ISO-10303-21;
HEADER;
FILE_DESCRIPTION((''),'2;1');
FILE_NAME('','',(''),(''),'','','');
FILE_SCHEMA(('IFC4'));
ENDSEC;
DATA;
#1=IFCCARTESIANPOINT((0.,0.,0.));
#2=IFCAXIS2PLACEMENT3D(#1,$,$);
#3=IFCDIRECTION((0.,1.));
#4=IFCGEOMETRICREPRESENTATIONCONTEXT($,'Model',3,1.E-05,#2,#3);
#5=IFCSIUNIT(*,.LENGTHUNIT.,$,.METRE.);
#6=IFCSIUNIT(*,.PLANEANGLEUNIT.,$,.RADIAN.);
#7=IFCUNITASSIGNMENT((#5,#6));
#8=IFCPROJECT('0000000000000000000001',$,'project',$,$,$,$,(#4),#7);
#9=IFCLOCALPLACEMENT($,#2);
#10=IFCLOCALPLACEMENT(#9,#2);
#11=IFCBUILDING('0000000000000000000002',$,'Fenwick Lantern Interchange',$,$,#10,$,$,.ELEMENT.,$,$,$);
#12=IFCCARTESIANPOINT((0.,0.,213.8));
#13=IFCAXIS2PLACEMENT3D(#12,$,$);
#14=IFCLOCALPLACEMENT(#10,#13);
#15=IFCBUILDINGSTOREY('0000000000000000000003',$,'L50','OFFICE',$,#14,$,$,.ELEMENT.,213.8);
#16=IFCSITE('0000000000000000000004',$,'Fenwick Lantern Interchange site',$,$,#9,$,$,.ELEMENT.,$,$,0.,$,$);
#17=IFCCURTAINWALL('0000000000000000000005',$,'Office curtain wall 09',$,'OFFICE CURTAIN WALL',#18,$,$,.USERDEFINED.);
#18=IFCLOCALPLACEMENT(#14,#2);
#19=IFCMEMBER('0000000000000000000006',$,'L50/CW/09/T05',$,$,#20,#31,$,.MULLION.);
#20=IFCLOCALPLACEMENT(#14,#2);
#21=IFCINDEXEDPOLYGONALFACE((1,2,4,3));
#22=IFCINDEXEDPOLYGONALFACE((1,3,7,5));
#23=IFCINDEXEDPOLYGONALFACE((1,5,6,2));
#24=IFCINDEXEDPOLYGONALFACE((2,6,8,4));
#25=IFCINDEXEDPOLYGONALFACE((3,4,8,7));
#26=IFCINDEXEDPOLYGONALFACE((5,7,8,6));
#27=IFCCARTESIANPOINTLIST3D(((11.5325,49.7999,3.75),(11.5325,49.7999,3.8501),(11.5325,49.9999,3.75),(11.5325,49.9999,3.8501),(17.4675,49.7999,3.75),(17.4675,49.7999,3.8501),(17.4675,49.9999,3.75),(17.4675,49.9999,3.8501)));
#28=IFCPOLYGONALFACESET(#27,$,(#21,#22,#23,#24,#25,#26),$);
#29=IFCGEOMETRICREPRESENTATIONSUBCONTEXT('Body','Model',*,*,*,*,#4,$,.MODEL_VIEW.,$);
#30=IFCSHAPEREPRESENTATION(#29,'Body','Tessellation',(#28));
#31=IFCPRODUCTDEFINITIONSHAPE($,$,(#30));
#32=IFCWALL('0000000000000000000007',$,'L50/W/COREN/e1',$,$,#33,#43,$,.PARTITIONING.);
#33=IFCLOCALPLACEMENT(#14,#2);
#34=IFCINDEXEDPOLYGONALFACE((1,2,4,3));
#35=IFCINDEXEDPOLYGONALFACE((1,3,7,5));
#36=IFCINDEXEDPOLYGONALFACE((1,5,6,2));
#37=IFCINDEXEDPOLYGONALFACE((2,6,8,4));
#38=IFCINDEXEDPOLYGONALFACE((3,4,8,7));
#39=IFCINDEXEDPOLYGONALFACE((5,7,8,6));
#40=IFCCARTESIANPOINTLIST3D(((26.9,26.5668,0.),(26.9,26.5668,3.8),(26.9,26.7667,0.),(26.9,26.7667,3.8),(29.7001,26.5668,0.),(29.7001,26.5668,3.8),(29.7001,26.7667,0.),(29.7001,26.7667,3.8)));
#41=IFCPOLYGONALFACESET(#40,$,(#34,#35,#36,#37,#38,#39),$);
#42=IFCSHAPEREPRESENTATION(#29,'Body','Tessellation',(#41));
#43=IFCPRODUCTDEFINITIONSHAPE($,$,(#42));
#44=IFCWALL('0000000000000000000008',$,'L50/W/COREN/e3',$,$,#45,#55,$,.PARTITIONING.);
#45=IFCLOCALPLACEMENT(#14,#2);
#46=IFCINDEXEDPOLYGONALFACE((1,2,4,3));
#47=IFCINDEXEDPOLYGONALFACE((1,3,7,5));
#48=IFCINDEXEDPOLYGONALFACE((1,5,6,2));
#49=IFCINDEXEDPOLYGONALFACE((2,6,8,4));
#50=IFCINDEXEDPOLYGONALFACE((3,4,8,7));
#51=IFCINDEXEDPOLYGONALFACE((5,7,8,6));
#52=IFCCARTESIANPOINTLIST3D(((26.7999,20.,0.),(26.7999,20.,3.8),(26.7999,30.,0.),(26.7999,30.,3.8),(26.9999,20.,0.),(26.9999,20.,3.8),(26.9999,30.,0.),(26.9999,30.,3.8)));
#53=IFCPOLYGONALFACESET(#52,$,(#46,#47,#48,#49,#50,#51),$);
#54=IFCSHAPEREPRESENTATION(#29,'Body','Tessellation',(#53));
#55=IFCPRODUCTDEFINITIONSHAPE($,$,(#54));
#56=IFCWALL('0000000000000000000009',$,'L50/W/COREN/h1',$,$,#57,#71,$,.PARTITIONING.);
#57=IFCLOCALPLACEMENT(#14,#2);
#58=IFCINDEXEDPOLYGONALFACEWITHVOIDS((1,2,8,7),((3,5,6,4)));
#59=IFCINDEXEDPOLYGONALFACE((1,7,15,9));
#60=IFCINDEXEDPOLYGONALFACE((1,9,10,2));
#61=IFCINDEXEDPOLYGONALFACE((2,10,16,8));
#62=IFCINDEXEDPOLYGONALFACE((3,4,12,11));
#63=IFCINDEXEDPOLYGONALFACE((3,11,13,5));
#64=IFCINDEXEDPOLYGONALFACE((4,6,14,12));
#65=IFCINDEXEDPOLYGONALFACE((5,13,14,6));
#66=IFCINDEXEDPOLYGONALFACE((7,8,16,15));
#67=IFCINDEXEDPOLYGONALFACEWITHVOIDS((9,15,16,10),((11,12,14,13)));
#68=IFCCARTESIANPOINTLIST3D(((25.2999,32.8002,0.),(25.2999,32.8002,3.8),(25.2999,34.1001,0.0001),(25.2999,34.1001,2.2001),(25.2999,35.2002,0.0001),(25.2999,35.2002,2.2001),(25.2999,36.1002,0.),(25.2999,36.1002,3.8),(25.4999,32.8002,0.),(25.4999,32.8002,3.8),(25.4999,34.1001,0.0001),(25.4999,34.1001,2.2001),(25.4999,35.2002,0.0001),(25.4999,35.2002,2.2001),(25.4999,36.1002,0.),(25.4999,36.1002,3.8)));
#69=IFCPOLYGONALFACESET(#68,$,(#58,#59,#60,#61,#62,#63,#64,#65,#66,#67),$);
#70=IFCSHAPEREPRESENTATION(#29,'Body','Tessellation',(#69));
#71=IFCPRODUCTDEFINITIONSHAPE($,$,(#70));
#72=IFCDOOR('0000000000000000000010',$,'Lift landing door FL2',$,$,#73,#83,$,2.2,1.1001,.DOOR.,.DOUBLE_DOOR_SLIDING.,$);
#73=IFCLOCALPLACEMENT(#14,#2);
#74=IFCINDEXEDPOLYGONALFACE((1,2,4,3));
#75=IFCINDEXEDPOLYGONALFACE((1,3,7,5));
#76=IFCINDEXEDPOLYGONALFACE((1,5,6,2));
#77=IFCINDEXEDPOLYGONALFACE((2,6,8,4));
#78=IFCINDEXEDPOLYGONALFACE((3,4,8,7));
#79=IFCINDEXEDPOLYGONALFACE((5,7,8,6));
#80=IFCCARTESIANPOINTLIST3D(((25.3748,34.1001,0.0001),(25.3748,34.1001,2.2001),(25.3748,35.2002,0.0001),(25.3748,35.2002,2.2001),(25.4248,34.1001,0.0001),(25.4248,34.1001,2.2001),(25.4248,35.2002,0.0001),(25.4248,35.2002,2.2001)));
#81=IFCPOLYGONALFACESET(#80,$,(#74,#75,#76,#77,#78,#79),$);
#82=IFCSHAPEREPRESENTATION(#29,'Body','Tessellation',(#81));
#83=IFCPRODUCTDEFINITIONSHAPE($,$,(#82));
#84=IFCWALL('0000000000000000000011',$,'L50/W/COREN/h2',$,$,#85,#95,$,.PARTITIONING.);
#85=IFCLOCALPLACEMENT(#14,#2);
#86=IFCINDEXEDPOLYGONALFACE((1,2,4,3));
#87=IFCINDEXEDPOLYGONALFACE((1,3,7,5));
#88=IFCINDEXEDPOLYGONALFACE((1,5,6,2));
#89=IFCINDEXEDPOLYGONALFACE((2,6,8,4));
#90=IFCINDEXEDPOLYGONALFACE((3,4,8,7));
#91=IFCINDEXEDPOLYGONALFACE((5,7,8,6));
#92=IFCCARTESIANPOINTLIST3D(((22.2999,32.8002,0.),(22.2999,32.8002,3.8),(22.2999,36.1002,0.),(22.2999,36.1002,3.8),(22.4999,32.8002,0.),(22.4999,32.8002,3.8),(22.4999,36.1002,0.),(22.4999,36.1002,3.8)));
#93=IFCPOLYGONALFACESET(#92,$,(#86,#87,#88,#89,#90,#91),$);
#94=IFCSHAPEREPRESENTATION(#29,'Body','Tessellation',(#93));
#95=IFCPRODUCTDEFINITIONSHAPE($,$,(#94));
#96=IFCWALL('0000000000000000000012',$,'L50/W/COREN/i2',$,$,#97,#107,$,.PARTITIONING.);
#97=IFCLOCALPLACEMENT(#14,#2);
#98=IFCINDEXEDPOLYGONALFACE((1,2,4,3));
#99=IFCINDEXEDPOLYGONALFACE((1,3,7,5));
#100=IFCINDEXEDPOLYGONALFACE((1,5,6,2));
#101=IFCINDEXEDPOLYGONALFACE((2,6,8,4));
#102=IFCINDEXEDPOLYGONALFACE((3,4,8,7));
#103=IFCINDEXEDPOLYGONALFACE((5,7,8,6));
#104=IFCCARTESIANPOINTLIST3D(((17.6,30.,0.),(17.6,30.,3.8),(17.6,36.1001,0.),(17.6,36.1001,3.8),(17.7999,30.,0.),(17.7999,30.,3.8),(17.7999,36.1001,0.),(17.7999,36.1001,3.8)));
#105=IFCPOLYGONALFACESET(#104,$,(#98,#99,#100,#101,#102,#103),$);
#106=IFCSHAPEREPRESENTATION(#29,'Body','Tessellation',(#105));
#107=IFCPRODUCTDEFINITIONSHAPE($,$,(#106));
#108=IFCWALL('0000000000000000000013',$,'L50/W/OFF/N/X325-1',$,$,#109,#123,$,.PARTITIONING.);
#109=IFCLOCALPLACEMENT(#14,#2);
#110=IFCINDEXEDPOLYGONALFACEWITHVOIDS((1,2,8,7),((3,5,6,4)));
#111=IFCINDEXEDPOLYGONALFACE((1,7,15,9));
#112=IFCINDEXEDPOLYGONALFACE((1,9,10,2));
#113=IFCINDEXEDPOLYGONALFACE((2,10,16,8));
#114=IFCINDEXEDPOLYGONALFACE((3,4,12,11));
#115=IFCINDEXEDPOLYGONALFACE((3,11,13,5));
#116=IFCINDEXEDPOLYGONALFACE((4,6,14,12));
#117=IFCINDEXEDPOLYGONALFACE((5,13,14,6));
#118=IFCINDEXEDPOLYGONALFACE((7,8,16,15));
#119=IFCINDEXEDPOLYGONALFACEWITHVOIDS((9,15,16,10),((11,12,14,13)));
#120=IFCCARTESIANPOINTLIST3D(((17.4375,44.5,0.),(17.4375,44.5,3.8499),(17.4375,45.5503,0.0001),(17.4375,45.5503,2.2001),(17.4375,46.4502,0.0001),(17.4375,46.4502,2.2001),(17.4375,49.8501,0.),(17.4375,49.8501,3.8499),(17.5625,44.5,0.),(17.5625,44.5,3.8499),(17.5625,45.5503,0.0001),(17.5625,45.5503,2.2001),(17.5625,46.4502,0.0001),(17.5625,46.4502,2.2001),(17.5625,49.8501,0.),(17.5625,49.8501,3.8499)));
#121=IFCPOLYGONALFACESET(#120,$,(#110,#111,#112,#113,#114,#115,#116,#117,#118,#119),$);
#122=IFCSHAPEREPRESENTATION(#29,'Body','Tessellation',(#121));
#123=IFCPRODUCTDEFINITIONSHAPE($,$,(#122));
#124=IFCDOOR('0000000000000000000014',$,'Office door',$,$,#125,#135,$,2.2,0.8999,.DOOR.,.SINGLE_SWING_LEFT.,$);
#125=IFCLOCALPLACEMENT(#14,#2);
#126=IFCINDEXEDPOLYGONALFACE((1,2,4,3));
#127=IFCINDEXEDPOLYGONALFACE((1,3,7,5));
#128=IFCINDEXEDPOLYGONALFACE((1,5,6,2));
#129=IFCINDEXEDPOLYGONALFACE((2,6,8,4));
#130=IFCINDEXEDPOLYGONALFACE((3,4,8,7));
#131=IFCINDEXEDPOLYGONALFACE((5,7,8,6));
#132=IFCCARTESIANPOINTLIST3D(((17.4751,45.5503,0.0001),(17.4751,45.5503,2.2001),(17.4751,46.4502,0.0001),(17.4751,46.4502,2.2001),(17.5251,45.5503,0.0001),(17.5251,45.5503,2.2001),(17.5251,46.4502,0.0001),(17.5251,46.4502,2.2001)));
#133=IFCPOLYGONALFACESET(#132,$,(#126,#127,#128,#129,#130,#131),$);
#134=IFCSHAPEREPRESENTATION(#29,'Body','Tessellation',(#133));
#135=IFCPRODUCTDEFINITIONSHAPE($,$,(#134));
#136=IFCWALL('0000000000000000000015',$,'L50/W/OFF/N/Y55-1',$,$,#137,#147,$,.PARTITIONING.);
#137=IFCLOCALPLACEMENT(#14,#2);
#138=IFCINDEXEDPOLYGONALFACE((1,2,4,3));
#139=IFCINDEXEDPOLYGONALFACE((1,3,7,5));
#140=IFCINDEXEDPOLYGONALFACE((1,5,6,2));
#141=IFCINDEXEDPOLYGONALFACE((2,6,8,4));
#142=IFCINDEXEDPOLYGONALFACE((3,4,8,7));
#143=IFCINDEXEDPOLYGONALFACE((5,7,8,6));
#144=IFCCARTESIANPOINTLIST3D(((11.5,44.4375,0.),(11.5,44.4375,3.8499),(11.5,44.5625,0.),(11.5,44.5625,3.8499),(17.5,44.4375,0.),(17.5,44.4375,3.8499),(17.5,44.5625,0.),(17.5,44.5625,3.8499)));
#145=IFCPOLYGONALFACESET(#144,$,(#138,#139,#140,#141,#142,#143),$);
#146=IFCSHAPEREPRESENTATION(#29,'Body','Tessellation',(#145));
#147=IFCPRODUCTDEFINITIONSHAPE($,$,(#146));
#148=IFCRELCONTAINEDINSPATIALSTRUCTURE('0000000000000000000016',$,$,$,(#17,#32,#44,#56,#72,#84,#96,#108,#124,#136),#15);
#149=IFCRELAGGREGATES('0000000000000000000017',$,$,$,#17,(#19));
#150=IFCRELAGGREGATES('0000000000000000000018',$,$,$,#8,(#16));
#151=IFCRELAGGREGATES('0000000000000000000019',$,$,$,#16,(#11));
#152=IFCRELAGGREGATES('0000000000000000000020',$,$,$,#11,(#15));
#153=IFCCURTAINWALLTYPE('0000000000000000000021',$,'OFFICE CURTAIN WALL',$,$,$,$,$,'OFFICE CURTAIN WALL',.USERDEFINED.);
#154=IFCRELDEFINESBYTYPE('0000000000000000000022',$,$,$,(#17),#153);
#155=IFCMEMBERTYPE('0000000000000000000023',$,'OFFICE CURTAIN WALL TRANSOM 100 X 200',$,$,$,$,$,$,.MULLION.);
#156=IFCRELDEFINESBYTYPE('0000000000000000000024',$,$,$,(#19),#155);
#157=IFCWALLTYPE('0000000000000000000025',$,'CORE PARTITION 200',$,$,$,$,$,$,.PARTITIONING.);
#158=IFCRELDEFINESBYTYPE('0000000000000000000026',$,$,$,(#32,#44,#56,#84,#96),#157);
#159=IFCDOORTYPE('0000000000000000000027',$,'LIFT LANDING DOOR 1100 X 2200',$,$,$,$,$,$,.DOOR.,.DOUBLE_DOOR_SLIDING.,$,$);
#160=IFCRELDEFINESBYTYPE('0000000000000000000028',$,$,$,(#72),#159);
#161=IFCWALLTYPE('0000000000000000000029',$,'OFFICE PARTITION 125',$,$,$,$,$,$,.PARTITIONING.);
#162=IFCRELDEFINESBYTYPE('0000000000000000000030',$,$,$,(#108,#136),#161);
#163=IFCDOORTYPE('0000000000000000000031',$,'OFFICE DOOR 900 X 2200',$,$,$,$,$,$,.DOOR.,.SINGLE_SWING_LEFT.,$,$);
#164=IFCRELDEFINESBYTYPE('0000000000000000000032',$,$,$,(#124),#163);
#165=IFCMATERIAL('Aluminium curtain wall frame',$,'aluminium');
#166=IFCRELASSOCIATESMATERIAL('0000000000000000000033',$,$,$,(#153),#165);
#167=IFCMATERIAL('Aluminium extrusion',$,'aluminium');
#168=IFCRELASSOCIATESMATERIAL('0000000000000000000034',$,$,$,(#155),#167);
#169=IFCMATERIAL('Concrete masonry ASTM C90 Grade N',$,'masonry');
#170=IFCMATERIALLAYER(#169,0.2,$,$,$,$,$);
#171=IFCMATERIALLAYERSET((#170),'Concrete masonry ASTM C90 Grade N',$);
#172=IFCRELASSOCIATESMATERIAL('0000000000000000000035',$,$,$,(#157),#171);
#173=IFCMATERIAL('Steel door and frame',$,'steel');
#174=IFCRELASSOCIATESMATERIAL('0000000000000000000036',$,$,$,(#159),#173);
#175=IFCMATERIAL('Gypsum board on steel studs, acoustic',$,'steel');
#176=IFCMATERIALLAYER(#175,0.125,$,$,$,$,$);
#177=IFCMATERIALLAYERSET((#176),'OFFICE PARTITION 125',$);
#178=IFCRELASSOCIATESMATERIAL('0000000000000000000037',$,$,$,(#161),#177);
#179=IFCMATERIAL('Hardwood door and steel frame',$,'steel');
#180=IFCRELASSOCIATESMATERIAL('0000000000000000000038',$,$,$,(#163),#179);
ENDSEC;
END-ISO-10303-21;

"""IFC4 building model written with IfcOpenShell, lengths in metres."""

from ifc_helpers import new_model, si_unit, direction, frame, frame_2d, origin, origin_2d, place, context, subcontext, project, spatial, rectangle, extrude, material, layer, layer_set, material_profile, profile_set, type_object, element, fill, aggregate, save


model = new_model("IFC4")

# Units and contexts
model_context = context("Model", 3, precision=1e-05, world=origin(), true_north=direction((0.0, 1.0)))
body_context = subcontext(model_context, "Body", "Model", "MODEL_VIEW")
ifc_project = project(units=[si_unit("LENGTHUNIT", "METRE"), si_unit("PLANEANGLEUNIT", "RADIAN")], contexts=[model_context])

# Site, building, storey
site_placement = place(None, origin())
site = spatial("IfcSite", under=ifc_project, at=site_placement, Name="Fenwick Lantern Interchange site", CompositionType="ELEMENT", RefElevation=0.0)
building_placement = place(site_placement, origin())
building = spatial("IfcBuilding", under=site, at=building_placement, Name="Fenwick Lantern Interchange", CompositionType="ELEMENT")
storey_placement = place(building_placement, frame((0.0, 0.0, 213.8)))
storey = spatial("IfcBuildingStorey", under=building, at=storey_placement, Name="L50", Description="OFFICE", CompositionType="ELEMENT", Elevation=213.8)

# Curtain wall, member
ifc_material_1 = material(Name="Aluminium curtain wall frame", Category="aluminium")
curtain_wall_type = type_object("IfcCurtainWallType", Name="OFFICE CURTAIN WALL", ElementType="OFFICE CURTAIN WALL", PredefinedType="USERDEFINED", material=ifc_material_1)
curtain_wall_placement = place(storey_placement, origin())
curtain_wall = element("IfcCurtainWall", 1, at=curtain_wall_placement, inside=storey, type_object=curtain_wall_type, Name="Office curtain wall 09", ObjectType="OFFICE CURTAIN WALL", PredefinedType="USERDEFINED")
ifc_material_2 = material(Name="Aluminium extrusion", Category="aluminium")
ifc_material_profile_1 = material_profile(ifc_material_2, rectangle(XDim=0.2, YDim=0.1001, at=origin_2d()), Name="OFFICE CURTAIN WALL TRANSOM 100 X 200")
ifc_profile_set_1 = profile_set([ifc_material_profile_1], Name="Aluminium extrusion")
member_type_1 = type_object("IfcMemberType", Name="OFFICE CURTAIN WALL TRANSOM 100 X 200", PredefinedType="MULLION", material=ifc_profile_set_1)
member_1_placement = place(storey_placement, frame((17.4675, 49.8999, 3.8), z_axis=(-1.0, 0.0, 0.0), x_axis=(0.0, -1.0, 0.0)))
member_1 = element("IfcMember", 2, at=member_1_placement, type_object=member_type_1, Name="L50/CW/09/T05", PredefinedType="MULLION", context=body_context, shape_type="SweptSolid", body=[
    extrude(rectangle(XDim=0.2, YDim=0.1001, at=origin_2d()), origin(), (0.0, 0.0, 1.0), 5.9351),
])
aggregate(curtain_wall, [member_1])

# Walls
ifc_material_3 = material(Name="Concrete masonry ASTM C90 Grade N", Category="masonry")
ifc_layer_1 = layer(ifc_material_3, 0.2)
ifc_layer_set_1 = layer_set([ifc_layer_1], Name="Concrete masonry ASTM C90 Grade N")
wall_type_1 = type_object("IfcWallType", Name="CORE PARTITION 200", PredefinedType="PARTITIONING", material=ifc_layer_set_1)
wall_1_placement = place(storey_placement, frame((29.7, 26.6667, 0.0), z_axis=(0.0, 0.0, 1.0), x_axis=(-1.0, 0.0, 0.0)))
element("IfcWall", 3, at=wall_1_placement, inside=storey, type_object=wall_type_1, Name="L50/W/COREN/e1", PredefinedType="PARTITIONING", context=body_context, shape_type="SweptSolid", body=[
    extrude(rectangle(XDim=2.8, YDim=0.2, at=frame_2d((1.3999, 0.0))), origin(), (0.0, 0.0, 1.0), 3.8),
])
wall_2_placement = place(storey_placement, frame((26.8999, 30.0, 0.0), z_axis=(0.0, 0.0, 1.0), x_axis=(0.0, -1.0, 0.0)))
element("IfcWall", 4, at=wall_2_placement, inside=storey, type_object=wall_type_1, Name="L50/W/COREN/e3", PredefinedType="PARTITIONING", context=body_context, shape_type="SweptSolid", body=[
    extrude(rectangle(XDim=10.0, YDim=0.2, at=frame_2d((5.0, 0.0))), origin(), (0.0, 0.0, 1.0), 3.8),
])

# Wall, opening, door
wall_3_placement = place(storey_placement, frame((25.3999, 36.1001, 0.0), z_axis=(0.0, 0.0, 1.0), x_axis=(0.0, -1.0, 0.0)))
wall_3 = element("IfcWall", 5, at=wall_3_placement, inside=storey, type_object=wall_type_1, Name="L50/W/COREN/h1", PredefinedType="PARTITIONING", context=body_context, shape_type="SweptSolid", body=[
    extrude(rectangle(XDim=3.3, YDim=0.2, at=frame_2d((1.6499, 0.0))), origin(), (0.0, 0.0, 1.0), 3.8),
])
opening_1_placement = place(wall_3_placement, frame((0.8999, 0.0, 0.0)))
opening_1 = element("IfcOpeningElement", 6, at=opening_1_placement, cuts=wall_3, PredefinedType="OPENING", context=body_context, shape_type="SweptSolid", body=[
    extrude(rectangle(XDim=1.1001, YDim=2.2, at=frame_2d((0.55, 1.1001))), frame((0.0, 0.1099, 0.0), z_axis=(0.0, -1.0, 0.0), x_axis=(1.0, 0.0, 0.0)), (0.0, 0.0, 1.0), 0.22),
])
ifc_material_4 = material(Name="Steel door and frame", Category="steel")
door_type_1 = type_object("IfcDoorType", Name="LIFT LANDING DOOR 1100 X 2200", OperationType="DOUBLE_DOOR_SLIDING", PredefinedType="DOOR", material=ifc_material_4)
door_1_placement = place(opening_1_placement, origin())
door_1 = element("IfcDoor", 7, at=door_1_placement, inside=storey, type_object=door_type_1, Name="Lift landing door FL2", OperationType="DOUBLE_DOOR_SLIDING", OverallHeight=2.2, OverallWidth=1.1001, PredefinedType="DOOR", context=body_context, shape_type="SweptSolid", body=[
    extrude(rectangle(XDim=1.1001, YDim=2.2, at=frame_2d((0.55, 1.1001))), frame((0.0, 0.0249, 0.0), z_axis=(0.0, -1.0, 0.0), x_axis=(1.0, 0.0, 0.0)), (0.0, 0.0, 1.0), 0.05),
])
fill(opening_1, door_1)

# Walls
wall_4_placement = place(storey_placement, frame((22.3999, 36.1001, 0.0), z_axis=(0.0, 0.0, 1.0), x_axis=(0.0, -1.0, 0.0)))
element("IfcWall", 8, at=wall_4_placement, inside=storey, type_object=wall_type_1, Name="L50/W/COREN/h2", PredefinedType="PARTITIONING", context=body_context, shape_type="SweptSolid", body=[
    extrude(rectangle(XDim=3.3, YDim=0.2, at=frame_2d((1.6499, 0.0))), origin(), (0.0, 0.0, 1.0), 3.8),
])
wall_5_placement = place(storey_placement, frame((17.7, 36.1001, 0.0), z_axis=(0.0, 0.0, 1.0), x_axis=(0.0, -1.0, 0.0)))
element("IfcWall", 9, at=wall_5_placement, inside=storey, type_object=wall_type_1, Name="L50/W/COREN/i2", PredefinedType="PARTITIONING", context=body_context, shape_type="SweptSolid", body=[
    extrude(rectangle(XDim=6.1001, YDim=0.2, at=frame_2d((3.05, 0.0))), origin(), (0.0, 0.0, 1.0), 3.8),
])

# Wall, opening, door
ifc_material_5 = material(Name="Gypsum board on steel studs, acoustic", Category="steel")
ifc_layer_2 = layer(ifc_material_5, 0.125)
ifc_layer_set_2 = layer_set([ifc_layer_2], Name="OFFICE PARTITION 125")
wall_type_2 = type_object("IfcWallType", Name="OFFICE PARTITION 125", PredefinedType="PARTITIONING", material=ifc_layer_set_2)
wall_6_placement = place(storey_placement, frame((17.5, 49.8501, 0.0), z_axis=(0.0, 0.0, 1.0), x_axis=(0.0, -1.0, 0.0)))
wall_6 = element("IfcWall", 10, at=wall_6_placement, inside=storey, type_object=wall_type_2, Name="L50/W/OFF/N/X325-1", PredefinedType="PARTITIONING", context=body_context, shape_type="SweptSolid", body=[
    extrude(rectangle(XDim=5.3501, YDim=0.125, at=frame_2d((2.675, 0.0))), origin(), (0.0, 0.0, 1.0), 3.8499),
])
opening_2_placement = place(wall_6_placement, frame((3.3999, 0.0, 0.0)))
opening_2 = element("IfcOpeningElement", 11, at=opening_2_placement, cuts=wall_6, PredefinedType="OPENING", context=body_context, shape_type="SweptSolid", body=[
    extrude(rectangle(XDim=0.8999, YDim=2.2, at=frame_2d((0.45, 1.1001))), frame((0.0, 0.0725, 0.0), z_axis=(0.0, -1.0, 0.0), x_axis=(1.0, 0.0, 0.0)), (0.0, 0.0, 1.0), 0.145),
])
ifc_material_6 = material(Name="Hardwood door and steel frame", Category="steel")
door_type_2 = type_object("IfcDoorType", Name="OFFICE DOOR 900 X 2200", OperationType="SINGLE_SWING_LEFT", PredefinedType="DOOR", material=ifc_material_6)
door_2_placement = place(opening_2_placement, frame((0.8999, 0.0, 0.0), z_axis=(0.0, 0.0, 1.0), x_axis=(-1.0, 0.0, 0.0)))
door_2 = element("IfcDoor", 12, at=door_2_placement, inside=storey, type_object=door_type_2, Name="Office door", OperationType="SINGLE_SWING_LEFT", OverallHeight=2.2, OverallWidth=0.8999, PredefinedType="DOOR", context=body_context, shape_type="SweptSolid", body=[
    extrude(rectangle(XDim=0.8999, YDim=2.2, at=frame_2d((0.45, 1.1001))), frame((0.0, 0.0249, 0.0), z_axis=(0.0, -1.0, 0.0), x_axis=(1.0, 0.0, 0.0)), (0.0, 0.0, 1.0), 0.05),
])
fill(opening_2, door_2)

# Wall
wall_7_placement = place(storey_placement, frame((17.5, 44.5, 0.0), z_axis=(0.0, 0.0, 1.0), x_axis=(-1.0, 0.0, 0.0)))
element("IfcWall", 13, at=wall_7_placement, inside=storey, type_object=wall_type_2, Name="L50/W/OFF/N/Y55-1", PredefinedType="PARTITIONING", context=body_context, shape_type="SweptSolid", body=[
    extrude(rectangle(XDim=6.0, YDim=0.125, at=frame_2d((3.0, 0.0))), origin(), (0.0, 0.0, 1.0), 3.8499),
])

save(model, "model.ifc")
